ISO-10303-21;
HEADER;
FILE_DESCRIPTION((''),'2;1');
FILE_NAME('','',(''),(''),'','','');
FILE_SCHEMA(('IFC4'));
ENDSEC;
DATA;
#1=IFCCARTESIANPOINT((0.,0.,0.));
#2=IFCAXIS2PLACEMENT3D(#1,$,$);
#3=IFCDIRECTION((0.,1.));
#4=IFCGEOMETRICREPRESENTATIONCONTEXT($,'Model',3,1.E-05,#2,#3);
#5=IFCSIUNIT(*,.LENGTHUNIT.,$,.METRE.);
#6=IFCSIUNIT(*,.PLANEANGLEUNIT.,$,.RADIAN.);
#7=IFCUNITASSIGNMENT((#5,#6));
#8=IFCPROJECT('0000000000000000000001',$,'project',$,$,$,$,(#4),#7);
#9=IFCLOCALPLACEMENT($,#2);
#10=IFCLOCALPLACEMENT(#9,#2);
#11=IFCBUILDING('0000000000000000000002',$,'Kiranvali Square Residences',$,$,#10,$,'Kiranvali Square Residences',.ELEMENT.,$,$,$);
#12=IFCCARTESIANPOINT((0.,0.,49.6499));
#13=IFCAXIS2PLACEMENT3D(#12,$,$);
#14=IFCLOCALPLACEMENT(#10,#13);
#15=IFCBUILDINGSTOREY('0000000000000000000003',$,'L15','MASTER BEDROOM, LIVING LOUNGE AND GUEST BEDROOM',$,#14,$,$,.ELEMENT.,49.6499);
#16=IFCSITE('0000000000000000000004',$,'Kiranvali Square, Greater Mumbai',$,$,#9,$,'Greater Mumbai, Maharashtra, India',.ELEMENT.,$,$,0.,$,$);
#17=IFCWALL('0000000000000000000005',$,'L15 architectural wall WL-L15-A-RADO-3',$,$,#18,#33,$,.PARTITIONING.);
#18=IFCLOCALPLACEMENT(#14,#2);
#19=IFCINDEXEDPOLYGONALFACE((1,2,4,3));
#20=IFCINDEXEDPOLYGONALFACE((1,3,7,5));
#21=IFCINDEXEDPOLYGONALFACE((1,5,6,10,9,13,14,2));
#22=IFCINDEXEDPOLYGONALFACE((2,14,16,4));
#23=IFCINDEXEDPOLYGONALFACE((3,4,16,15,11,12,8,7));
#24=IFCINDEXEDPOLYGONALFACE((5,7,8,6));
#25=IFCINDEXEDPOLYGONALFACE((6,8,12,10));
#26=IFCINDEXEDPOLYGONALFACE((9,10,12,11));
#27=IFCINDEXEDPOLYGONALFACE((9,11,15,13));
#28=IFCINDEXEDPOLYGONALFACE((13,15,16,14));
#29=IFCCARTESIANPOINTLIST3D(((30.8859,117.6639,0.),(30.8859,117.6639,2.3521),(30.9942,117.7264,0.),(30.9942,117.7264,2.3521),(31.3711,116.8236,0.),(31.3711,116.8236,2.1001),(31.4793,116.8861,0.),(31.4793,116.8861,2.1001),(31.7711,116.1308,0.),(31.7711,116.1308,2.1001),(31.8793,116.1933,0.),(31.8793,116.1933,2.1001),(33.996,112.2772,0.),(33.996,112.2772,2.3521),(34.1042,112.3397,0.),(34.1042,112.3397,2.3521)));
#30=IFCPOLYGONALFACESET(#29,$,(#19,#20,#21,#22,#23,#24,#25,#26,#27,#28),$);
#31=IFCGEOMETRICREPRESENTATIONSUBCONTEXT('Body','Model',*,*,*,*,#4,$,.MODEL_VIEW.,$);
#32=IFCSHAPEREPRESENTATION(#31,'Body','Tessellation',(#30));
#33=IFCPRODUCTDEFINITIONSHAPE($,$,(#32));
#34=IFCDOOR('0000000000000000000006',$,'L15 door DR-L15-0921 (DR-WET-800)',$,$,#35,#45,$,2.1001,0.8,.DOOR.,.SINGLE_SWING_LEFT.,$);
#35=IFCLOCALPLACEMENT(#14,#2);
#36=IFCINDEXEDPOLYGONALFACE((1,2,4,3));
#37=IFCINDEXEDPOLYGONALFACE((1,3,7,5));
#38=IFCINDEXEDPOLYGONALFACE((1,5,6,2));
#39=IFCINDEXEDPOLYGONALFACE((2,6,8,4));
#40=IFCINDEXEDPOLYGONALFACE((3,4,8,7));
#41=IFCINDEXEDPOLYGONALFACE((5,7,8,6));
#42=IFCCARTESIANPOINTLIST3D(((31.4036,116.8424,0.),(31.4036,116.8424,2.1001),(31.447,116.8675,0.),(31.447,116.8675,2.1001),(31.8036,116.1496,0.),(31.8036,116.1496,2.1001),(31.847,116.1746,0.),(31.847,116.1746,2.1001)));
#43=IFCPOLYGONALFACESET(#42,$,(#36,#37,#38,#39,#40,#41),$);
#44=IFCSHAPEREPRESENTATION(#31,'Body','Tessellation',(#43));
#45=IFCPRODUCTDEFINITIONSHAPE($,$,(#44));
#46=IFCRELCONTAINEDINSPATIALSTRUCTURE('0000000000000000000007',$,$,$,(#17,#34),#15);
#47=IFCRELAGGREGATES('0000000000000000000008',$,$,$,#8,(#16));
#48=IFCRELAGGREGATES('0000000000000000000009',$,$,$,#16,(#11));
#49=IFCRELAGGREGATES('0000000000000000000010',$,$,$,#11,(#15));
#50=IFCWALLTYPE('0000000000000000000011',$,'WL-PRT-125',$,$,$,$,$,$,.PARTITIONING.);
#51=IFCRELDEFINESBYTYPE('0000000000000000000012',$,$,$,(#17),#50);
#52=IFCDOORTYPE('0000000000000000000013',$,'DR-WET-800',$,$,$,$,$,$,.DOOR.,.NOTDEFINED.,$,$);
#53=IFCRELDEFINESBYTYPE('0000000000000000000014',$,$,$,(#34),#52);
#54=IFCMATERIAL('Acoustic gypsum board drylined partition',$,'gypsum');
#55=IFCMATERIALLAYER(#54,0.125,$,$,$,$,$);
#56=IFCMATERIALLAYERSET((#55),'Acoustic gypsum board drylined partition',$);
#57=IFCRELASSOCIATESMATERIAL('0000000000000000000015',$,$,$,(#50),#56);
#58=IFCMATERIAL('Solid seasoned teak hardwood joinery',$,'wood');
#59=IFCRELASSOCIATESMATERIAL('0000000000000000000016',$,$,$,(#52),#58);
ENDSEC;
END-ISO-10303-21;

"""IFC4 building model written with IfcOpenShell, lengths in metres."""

from ifc_helpers import new_model, si_unit, direction, frame, frame_2d, origin, place, context, subcontext, project, spatial, rectangle, extrude, material, layer, layer_set, type_object, element, fill, save


model = new_model("IFC4")

# Units and contexts
model_context = context("Model", 3, precision=1e-05, world=origin(), true_north=direction((0.0, 1.0)))
body_context = subcontext(model_context, "Body", "Model", "MODEL_VIEW")
ifc_project = project(units=[si_unit("LENGTHUNIT", "METRE"), si_unit("PLANEANGLEUNIT", "RADIAN")], contexts=[model_context])

# Site, building, storey
site_placement = place(None, origin())
site = spatial("IfcSite", under=ifc_project, at=site_placement, Name="Kiranvali Square, Greater Mumbai", LongName="Greater Mumbai, Maharashtra, India", CompositionType="ELEMENT", RefElevation=0.0)
building_placement = place(site_placement, origin())
building = spatial("IfcBuilding", under=site, at=building_placement, Name="Kiranvali Square Residences", LongName="Kiranvali Square Residences", CompositionType="ELEMENT")
storey_placement = place(building_placement, frame((0.0, 0.0, 49.6499)))
storey = spatial("IfcBuildingStorey", under=building, at=storey_placement, Name="L15", Description="MASTER BEDROOM, LIVING LOUNGE AND GUEST BEDROOM", CompositionType="ELEMENT", Elevation=49.6499)

# Wall, opening, door
ifc_material_1 = material(Name="Acoustic gypsum board drylined partition", Category="gypsum")
ifc_layer_1 = layer(ifc_material_1, 0.125)
ifc_layer_set_1 = layer_set([ifc_layer_1], Name="Acoustic gypsum board drylined partition")
wall_type_1 = type_object("IfcWallType", Name="WL-PRT-125", PredefinedType="PARTITIONING", material=ifc_layer_set_1)
wall_1_placement = place(storey_placement, frame((34.05, 112.3086, 0.0), z_axis=(0.0, 0.0, 1.0), x_axis=(-0.50001, 0.86602, 0.0)))
wall_1 = element("IfcWall", 1, at=wall_1_placement, inside=storey, type_object=wall_type_1, Name="L15 architectural wall WL-L15-A-RADO-3", PredefinedType="PARTITIONING", context=body_context, shape_type="SweptSolid", body=[
    extrude(rectangle(XDim=6.22, YDim=0.125, at=frame_2d((3.1099, 0.0))), origin(), (0.0, 0.0, 1.0), 2.3521),
])
opening_1_placement = place(wall_1_placement, frame((4.4497, 0.0, 0.0)))
opening_1 = element("IfcOpeningElement", 2, at=opening_1_placement, cuts=wall_1, PredefinedType="OPENING", context=body_context, shape_type="SweptSolid", body=[
    extrude(rectangle(XDim=0.8, YDim=2.1001, at=frame_2d((0.3999, 1.05))), frame((0.0, 0.0725, 0.0), z_axis=(0.0, -1.0, 0.0), x_axis=(1.0, 0.0, 0.0)), (0.0, 0.0, 1.0), 0.145),
])
ifc_material_2 = material(Name="Solid seasoned teak hardwood joinery", Category="wood")
door_type_1 = type_object("IfcDoorType", Name="DR-WET-800", OperationType="NOTDEFINED", PredefinedType="DOOR", material=ifc_material_2)
door_1_placement = place(opening_1_placement, origin())
door_1 = element("IfcDoor", 3, at=door_1_placement, inside=storey, type_object=door_type_1, Name="L15 door DR-L15-0921 (DR-WET-800)", OperationType="SINGLE_SWING_LEFT", OverallHeight=2.1001, OverallWidth=0.8, PredefinedType="DOOR", context=body_context, shape_type="SweptSolid", body=[
    extrude(rectangle(XDim=0.8, YDim=2.1001, at=frame_2d((0.3999, 1.05))), frame((0.0, 0.0249, 0.0), z_axis=(0.0, -1.0, 0.0), x_axis=(1.0, 0.0, 0.0)), (0.0, 0.0, 1.0), 0.05),
])
fill(opening_1, door_1)

save(model, "model.ifc")
